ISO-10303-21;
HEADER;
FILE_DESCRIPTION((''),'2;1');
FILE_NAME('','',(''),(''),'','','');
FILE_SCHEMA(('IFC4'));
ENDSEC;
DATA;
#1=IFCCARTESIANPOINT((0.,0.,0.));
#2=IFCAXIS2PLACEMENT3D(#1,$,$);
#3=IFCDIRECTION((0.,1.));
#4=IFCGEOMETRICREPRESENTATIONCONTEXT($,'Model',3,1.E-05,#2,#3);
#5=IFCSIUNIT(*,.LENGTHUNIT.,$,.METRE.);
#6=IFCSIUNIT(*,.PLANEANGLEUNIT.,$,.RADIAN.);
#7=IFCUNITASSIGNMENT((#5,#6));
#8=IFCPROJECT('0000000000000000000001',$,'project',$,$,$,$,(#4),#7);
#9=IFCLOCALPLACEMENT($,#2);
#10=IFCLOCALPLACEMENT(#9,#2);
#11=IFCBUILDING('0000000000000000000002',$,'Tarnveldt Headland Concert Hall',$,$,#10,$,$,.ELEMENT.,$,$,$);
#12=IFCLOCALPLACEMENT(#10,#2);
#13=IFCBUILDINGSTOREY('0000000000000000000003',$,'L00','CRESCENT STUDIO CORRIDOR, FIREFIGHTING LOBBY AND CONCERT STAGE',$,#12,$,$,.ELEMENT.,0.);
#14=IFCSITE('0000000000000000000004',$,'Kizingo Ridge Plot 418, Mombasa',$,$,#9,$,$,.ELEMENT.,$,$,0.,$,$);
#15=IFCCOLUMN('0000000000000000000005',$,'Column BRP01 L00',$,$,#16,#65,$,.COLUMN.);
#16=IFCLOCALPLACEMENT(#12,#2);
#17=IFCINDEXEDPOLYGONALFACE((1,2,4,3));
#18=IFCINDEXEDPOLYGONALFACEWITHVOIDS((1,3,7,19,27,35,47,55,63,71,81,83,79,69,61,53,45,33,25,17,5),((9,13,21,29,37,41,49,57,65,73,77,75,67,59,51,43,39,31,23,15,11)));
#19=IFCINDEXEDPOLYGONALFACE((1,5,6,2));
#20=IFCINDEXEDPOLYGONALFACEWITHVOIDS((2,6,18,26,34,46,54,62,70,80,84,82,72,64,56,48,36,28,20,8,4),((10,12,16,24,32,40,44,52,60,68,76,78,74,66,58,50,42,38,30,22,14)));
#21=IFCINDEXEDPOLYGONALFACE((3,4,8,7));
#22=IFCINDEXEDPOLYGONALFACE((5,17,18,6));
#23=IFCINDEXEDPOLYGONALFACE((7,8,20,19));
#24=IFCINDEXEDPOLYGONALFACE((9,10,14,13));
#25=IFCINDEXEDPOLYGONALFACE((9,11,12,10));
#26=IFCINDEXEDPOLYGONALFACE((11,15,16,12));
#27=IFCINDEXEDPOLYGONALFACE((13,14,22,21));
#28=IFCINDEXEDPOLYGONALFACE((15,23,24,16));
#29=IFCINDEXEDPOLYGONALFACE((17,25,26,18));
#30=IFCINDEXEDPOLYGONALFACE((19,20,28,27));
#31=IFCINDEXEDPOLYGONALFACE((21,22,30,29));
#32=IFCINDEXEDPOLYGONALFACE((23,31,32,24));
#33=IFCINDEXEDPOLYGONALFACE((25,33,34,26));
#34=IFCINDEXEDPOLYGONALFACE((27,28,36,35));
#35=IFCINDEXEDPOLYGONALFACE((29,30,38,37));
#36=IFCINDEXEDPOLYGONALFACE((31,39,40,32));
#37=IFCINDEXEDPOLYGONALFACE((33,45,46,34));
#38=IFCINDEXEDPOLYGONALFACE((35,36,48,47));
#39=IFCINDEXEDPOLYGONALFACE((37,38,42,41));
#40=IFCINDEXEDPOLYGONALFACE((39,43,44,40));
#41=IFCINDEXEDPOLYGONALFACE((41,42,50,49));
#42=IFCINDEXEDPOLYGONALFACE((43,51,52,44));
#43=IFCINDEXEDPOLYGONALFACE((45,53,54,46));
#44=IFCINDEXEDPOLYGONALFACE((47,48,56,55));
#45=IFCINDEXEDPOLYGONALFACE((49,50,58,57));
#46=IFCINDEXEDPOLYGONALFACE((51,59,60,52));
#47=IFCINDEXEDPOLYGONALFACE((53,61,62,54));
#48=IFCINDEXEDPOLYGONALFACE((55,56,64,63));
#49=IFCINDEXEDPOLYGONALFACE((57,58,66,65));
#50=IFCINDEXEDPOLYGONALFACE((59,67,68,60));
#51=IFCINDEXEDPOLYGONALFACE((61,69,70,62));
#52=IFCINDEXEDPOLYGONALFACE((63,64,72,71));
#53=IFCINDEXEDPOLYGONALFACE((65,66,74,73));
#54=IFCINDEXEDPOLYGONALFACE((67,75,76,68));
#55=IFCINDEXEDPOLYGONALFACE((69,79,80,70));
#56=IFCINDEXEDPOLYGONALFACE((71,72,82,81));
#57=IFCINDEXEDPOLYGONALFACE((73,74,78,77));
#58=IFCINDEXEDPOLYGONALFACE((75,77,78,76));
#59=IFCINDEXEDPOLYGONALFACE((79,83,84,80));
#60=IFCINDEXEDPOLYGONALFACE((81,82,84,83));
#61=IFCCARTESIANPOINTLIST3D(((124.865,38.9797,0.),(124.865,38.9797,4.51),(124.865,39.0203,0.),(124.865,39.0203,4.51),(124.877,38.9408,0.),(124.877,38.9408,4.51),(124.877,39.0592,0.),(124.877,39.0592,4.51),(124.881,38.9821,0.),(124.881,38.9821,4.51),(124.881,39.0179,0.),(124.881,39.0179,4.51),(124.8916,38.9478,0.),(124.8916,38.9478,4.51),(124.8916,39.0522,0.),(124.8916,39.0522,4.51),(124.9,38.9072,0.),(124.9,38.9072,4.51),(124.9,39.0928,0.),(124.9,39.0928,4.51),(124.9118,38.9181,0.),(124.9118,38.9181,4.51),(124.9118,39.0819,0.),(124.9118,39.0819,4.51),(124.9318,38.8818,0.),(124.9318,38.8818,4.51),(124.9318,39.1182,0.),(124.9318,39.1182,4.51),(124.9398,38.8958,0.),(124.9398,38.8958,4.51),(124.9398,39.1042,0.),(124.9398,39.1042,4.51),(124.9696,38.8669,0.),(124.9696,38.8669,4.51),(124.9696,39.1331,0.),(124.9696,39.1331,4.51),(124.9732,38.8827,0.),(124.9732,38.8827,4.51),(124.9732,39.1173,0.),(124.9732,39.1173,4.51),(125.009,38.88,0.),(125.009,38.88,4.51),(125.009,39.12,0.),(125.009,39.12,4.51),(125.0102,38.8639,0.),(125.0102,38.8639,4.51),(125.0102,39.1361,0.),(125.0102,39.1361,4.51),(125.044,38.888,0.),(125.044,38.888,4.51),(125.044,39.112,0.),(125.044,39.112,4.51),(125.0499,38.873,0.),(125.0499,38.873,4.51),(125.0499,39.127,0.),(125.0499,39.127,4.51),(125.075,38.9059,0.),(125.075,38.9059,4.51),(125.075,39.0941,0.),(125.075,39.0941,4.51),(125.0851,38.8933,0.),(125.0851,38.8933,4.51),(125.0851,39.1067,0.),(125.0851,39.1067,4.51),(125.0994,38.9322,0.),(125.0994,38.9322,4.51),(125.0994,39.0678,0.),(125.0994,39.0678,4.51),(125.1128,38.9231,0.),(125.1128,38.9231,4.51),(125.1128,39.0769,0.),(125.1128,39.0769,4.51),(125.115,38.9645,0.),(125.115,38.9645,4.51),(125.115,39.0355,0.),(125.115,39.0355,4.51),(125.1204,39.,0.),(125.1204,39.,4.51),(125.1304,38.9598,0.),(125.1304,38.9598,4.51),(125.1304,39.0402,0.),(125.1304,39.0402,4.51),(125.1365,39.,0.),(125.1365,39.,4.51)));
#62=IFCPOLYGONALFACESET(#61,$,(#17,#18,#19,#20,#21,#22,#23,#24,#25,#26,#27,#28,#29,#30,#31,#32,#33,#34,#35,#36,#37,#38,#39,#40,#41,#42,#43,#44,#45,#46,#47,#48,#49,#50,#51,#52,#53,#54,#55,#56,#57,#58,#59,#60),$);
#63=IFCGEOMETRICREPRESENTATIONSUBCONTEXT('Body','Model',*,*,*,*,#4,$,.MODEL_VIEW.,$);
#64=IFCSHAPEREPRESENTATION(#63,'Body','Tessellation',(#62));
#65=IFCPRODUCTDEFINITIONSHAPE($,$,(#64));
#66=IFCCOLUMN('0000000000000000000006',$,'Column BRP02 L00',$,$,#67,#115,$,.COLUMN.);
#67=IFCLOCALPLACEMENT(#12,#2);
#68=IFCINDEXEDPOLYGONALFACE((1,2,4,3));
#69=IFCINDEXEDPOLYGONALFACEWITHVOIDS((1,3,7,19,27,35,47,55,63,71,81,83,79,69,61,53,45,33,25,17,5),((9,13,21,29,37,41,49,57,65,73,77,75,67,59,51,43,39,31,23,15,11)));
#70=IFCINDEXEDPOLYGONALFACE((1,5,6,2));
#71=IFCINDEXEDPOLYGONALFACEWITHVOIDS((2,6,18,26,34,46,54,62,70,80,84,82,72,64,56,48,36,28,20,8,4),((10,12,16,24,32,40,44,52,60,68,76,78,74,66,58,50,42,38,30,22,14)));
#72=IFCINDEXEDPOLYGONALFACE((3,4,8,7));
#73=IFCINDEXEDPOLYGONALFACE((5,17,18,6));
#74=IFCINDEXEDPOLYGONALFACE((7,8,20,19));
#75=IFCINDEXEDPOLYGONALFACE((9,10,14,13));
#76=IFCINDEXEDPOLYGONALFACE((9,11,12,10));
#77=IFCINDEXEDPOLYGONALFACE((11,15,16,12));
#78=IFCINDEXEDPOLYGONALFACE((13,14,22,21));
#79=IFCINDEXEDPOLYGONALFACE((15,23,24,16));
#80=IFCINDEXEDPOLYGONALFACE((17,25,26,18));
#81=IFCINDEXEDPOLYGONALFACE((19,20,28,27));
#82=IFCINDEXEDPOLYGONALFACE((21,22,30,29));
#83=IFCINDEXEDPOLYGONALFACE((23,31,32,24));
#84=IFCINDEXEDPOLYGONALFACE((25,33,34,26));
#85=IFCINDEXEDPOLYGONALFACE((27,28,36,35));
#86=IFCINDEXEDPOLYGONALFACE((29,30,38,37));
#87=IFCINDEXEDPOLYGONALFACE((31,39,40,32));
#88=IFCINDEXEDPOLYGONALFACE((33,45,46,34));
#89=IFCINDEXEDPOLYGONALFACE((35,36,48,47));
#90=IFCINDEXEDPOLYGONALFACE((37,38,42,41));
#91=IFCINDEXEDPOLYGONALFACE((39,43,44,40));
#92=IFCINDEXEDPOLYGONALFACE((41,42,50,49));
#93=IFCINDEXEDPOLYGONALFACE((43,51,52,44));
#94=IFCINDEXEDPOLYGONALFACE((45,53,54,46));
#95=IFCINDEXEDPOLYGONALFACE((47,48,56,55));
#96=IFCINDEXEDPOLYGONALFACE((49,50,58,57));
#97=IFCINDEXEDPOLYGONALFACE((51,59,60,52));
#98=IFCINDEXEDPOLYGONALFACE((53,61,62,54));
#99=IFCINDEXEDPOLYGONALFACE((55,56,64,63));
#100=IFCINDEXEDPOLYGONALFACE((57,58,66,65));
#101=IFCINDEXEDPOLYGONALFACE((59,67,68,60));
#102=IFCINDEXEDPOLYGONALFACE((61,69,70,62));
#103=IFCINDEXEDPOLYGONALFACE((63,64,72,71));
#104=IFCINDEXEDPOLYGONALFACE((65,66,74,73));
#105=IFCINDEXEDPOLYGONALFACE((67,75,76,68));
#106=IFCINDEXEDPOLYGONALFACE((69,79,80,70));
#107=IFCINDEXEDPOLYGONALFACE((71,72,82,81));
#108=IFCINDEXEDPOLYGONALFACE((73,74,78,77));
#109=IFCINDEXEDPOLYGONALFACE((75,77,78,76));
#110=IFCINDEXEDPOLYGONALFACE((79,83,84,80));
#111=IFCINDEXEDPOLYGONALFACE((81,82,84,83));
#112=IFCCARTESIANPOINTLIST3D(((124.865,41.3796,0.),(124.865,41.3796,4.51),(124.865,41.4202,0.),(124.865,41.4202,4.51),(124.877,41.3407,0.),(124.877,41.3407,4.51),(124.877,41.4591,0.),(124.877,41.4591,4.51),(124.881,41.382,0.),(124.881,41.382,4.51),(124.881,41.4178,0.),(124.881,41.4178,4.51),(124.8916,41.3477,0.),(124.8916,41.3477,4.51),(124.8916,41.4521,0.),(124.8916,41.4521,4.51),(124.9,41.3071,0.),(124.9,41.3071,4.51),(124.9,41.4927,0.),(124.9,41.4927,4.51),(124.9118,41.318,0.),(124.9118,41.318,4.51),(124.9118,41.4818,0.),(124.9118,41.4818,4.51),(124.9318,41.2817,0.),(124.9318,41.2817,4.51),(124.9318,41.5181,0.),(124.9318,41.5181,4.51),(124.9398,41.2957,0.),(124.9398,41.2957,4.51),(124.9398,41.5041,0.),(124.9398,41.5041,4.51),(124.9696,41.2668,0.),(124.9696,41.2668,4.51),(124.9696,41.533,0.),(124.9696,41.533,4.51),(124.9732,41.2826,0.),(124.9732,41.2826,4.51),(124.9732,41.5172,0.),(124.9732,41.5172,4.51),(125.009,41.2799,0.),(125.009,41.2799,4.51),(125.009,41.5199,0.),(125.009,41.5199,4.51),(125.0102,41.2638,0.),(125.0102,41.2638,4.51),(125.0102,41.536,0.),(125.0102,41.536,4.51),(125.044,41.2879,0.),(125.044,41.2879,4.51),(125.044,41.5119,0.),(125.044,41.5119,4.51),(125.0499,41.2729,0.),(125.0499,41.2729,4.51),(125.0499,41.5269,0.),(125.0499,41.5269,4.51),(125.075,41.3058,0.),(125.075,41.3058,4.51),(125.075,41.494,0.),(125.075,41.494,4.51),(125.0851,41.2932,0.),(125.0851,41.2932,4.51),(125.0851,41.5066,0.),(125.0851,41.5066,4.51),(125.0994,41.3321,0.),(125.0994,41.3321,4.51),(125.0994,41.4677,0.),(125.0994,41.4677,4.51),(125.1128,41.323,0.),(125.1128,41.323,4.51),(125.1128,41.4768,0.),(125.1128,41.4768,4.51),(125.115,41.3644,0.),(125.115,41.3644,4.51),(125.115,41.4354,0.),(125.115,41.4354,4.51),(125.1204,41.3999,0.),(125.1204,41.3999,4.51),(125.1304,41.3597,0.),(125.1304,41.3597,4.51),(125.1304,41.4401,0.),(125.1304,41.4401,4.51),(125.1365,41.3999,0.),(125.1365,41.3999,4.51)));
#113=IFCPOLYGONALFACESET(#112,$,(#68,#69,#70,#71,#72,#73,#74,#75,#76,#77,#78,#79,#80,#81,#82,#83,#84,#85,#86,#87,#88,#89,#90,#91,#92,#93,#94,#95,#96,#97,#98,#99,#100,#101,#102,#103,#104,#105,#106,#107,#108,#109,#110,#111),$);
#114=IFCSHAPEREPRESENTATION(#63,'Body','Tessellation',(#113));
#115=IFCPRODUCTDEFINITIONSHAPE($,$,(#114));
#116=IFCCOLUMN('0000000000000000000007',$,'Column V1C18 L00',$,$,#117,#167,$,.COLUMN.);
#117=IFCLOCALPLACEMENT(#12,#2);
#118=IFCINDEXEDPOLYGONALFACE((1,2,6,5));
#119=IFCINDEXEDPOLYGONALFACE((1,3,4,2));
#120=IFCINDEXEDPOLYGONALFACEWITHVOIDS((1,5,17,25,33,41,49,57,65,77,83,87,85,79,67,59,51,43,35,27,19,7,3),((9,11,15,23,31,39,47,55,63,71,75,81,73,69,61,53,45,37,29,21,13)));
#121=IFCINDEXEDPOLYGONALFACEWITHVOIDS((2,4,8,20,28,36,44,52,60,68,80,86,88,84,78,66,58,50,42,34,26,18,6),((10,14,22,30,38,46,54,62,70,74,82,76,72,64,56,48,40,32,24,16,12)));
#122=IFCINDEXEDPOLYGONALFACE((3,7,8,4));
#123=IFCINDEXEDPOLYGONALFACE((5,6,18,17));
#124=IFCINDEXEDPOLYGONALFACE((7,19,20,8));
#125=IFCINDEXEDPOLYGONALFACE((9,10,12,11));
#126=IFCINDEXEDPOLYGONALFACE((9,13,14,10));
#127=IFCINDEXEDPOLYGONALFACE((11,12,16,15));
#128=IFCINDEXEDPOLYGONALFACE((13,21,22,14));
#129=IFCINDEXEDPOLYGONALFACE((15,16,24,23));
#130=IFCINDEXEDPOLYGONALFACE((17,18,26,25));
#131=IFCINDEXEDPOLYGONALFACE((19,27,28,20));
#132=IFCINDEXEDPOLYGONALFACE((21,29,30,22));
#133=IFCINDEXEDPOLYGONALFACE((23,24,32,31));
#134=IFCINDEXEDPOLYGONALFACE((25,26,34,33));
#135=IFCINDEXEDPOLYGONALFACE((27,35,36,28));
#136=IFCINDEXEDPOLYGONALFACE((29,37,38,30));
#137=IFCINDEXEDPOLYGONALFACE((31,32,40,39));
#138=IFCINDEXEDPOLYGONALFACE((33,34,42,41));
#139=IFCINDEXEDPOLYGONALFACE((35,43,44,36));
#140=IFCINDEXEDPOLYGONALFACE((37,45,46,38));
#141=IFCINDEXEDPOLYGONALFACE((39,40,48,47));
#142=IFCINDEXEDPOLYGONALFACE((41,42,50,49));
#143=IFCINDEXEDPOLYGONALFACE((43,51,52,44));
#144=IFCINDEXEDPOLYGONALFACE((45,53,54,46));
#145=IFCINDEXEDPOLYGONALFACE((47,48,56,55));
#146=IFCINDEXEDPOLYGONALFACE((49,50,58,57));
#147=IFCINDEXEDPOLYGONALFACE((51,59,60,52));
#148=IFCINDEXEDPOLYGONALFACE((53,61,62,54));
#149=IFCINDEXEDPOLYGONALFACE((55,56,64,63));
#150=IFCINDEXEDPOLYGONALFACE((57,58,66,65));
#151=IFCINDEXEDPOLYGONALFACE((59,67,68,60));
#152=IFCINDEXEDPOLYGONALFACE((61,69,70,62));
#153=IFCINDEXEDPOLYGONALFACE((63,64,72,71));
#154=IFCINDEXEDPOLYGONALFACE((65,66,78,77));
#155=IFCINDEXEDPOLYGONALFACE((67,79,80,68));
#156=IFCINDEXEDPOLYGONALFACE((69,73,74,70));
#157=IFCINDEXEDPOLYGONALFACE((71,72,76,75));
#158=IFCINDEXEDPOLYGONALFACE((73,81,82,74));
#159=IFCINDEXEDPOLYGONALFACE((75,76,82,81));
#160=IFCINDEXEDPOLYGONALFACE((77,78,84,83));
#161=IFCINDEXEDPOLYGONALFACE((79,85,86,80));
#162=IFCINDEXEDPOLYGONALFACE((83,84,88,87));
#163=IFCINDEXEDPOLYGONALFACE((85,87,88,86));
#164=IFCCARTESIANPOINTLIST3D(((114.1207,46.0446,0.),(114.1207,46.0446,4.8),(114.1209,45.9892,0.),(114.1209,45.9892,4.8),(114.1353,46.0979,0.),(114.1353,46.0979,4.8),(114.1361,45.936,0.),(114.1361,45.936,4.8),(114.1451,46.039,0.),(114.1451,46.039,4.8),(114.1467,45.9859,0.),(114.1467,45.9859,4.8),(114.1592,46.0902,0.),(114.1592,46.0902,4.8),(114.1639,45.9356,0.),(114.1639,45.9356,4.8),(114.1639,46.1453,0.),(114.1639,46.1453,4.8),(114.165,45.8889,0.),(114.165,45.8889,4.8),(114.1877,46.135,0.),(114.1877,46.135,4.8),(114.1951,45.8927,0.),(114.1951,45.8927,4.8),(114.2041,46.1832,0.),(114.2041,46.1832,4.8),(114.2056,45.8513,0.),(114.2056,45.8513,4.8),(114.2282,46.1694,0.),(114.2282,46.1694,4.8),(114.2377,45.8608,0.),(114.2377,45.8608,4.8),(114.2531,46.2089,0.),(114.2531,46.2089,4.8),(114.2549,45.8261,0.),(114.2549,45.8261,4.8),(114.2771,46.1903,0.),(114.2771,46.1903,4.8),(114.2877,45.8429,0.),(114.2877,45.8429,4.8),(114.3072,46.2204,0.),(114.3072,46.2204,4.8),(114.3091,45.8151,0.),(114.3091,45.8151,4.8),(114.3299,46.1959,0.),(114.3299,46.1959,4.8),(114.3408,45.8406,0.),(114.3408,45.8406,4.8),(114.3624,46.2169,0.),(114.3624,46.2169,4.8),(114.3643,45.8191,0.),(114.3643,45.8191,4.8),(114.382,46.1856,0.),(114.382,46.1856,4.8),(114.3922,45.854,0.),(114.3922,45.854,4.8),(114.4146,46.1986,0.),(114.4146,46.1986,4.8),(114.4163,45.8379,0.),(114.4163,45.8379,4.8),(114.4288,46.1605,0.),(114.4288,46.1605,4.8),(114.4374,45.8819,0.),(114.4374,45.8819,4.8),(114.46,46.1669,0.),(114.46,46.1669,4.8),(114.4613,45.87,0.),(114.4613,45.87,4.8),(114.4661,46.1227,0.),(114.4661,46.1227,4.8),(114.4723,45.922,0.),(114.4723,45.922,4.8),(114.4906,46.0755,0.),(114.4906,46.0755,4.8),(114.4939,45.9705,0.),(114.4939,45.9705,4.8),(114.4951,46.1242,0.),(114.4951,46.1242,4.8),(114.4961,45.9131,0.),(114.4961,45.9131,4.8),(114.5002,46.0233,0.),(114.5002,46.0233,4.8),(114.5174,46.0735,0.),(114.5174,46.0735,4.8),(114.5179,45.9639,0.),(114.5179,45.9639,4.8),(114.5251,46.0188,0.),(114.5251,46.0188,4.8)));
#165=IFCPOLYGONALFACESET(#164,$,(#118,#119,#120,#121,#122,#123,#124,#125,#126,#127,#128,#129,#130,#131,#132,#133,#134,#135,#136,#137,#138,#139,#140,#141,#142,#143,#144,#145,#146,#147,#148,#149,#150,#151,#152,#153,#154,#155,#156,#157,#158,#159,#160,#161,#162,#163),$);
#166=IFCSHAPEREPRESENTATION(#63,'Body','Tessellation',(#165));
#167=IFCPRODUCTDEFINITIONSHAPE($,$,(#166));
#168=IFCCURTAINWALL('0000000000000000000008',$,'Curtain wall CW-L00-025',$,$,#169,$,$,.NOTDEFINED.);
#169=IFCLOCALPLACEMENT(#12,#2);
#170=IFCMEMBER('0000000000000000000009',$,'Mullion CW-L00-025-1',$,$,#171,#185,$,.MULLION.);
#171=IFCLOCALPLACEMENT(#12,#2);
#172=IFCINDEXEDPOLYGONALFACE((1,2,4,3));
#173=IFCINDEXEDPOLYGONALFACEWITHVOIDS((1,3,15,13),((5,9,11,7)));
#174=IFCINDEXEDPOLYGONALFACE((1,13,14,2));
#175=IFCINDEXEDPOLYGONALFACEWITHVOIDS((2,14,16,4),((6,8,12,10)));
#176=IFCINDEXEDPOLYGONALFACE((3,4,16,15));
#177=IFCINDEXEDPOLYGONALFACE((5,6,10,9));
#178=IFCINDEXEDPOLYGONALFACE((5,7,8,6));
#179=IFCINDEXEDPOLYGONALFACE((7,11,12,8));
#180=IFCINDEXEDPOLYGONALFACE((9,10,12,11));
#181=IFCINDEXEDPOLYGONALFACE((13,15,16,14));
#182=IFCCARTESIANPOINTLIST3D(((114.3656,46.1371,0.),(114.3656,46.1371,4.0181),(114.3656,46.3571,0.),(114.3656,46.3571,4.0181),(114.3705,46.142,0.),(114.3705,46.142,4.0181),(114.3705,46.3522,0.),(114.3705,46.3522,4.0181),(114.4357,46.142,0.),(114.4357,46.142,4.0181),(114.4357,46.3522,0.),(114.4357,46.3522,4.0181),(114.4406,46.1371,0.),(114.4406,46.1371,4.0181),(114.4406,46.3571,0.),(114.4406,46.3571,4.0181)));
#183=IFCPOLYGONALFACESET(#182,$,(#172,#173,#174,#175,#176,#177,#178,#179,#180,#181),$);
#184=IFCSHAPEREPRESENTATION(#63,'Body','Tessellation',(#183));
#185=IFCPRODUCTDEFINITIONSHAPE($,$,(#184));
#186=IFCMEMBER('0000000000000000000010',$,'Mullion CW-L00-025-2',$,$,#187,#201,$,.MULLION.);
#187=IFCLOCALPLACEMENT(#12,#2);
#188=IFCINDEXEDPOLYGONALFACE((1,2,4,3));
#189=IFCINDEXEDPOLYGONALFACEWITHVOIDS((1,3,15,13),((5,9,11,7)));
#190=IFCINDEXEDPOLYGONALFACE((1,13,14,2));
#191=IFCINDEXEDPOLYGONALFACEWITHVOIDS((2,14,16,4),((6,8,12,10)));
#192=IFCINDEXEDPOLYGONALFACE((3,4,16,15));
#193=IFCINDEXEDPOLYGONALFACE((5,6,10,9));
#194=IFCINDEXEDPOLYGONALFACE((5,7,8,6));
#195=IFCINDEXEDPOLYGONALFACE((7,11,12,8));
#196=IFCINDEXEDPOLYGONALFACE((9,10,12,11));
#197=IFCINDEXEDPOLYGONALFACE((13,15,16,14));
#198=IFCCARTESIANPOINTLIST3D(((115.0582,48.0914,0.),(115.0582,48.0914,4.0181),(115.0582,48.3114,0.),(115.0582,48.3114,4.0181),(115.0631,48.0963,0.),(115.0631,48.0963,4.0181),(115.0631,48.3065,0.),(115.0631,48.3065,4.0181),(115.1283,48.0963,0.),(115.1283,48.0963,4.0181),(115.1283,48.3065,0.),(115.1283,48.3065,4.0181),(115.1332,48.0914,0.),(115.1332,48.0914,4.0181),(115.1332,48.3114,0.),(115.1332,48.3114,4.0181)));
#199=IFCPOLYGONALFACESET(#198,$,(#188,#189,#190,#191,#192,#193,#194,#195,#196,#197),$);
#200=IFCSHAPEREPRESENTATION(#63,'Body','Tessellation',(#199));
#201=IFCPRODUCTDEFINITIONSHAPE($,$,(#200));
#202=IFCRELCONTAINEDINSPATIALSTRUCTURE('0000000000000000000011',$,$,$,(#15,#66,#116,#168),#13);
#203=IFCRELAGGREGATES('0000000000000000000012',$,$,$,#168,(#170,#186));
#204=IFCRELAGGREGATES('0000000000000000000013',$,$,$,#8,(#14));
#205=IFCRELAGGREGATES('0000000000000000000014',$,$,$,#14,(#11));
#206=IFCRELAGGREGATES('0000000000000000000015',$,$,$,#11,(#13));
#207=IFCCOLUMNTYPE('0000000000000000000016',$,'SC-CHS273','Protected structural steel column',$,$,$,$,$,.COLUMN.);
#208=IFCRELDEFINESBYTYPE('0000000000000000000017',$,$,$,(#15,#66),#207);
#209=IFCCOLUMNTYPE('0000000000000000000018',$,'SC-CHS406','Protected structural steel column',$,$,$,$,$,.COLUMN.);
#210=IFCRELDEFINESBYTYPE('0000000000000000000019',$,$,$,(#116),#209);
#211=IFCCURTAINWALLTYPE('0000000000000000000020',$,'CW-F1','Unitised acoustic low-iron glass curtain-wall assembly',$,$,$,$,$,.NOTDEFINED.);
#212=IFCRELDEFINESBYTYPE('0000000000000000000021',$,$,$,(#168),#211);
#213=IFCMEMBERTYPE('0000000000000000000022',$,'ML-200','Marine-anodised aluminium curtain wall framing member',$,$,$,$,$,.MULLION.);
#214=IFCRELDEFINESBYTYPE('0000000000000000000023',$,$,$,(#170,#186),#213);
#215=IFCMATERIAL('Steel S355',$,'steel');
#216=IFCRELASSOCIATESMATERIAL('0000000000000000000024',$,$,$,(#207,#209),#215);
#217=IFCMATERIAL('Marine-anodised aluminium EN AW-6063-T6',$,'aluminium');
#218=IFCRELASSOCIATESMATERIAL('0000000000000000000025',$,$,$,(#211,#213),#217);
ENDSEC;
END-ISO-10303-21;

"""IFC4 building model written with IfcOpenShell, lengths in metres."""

from ifc_helpers import new_model, si_unit, direction, frame, origin, origin_2d, place, context, subcontext, project, spatial, hollow_rectangle, hollow_circle, extrude, material, material_profile, profile_set, type_object, element, aggregate, save


model = new_model("IFC4")

# Units and contexts
model_context = context("Model", 3, precision=1e-05, world=origin(), true_north=direction((0.0, 1.0)))
body_context = subcontext(model_context, "Body", "Model", "MODEL_VIEW")
ifc_project = project(units=[si_unit("LENGTHUNIT", "METRE"), si_unit("PLANEANGLEUNIT", "RADIAN")], contexts=[model_context])

# Site, building, storey
site_placement = place(None, origin())
site = spatial("IfcSite", under=ifc_project, at=site_placement, Name="Kizingo Ridge Plot 418, Mombasa", CompositionType="ELEMENT", RefElevation=0.0)
building_placement = place(site_placement, origin())
building = spatial("IfcBuilding", under=site, at=building_placement, Name="Tarnveldt Headland Concert Hall", CompositionType="ELEMENT")
storey_placement = place(building_placement, origin())
storey = spatial("IfcBuildingStorey", under=building, at=storey_placement, Name="L00", Description="CRESCENT STUDIO CORRIDOR, FIREFIGHTING LOBBY AND CONCERT STAGE", CompositionType="ELEMENT", Elevation=0.0)

# Columns
ifc_material_1 = material(Name="Steel S355", Category="steel")
ifc_material_profile_1 = material_profile(ifc_material_1, hollow_circle(Radius=0.1365, WallThickness=0.0161, at=origin_2d()), Name="CHS 273x16", Category="steel")
ifc_profile_set_1 = profile_set([ifc_material_profile_1], Name="Steel S355")
column_type_1 = type_object("IfcColumnType", Name="SC-CHS273", Description="Protected structural steel column", PredefinedType="COLUMN", material=ifc_profile_set_1)
for number, where, z_axis, x_axis, name in (
    (1, (125.0, 39.0, 0.0), (0.0, 0.0, 1.0), (1.0, 0.0, 0.0), "Column BRP01 L00"),
    (2, (125.0, 41.3999, 0.0), (0.0, 0.0, 1.0), (1.0, 0.0, 0.0), "Column BRP02 L00"),
):
    element("IfcColumn", number, at=place(storey_placement, frame(where, z_axis=z_axis, x_axis=x_axis)), inside=storey, type_object=column_type_1, Name=name, PredefinedType="COLUMN", context=body_context, shape_type="SweptSolid", body=[
        extrude(hollow_circle(Radius=0.1365, WallThickness=0.0161, at=origin_2d()), origin(), (0.0, 0.0, 1.0), 4.51),
    ])
ifc_material_profile_2 = material_profile(ifc_material_1, hollow_circle(Radius=0.2031, WallThickness=0.0249, at=origin_2d()), Name="CHS 406.4x25", Category="steel")
ifc_profile_set_2 = profile_set([ifc_material_profile_2], Name="Steel S355")
column_type_2 = type_object("IfcColumnType", Name="SC-CHS406", Description="Protected structural steel column", PredefinedType="COLUMN", material=ifc_profile_set_2)
column_placement = place(storey_placement, frame((114.322, 46.0178, 0.0), z_axis=(0.0, 0.0, 1.0), x_axis=(0.964142, -0.265388, 0.0)))
element("IfcColumn", 3, at=column_placement, inside=storey, type_object=column_type_2, Name="Column V1C18 L00", PredefinedType="COLUMN", context=body_context, shape_type="SweptSolid", body=[
    extrude(hollow_circle(Radius=0.2031, WallThickness=0.0249, at=origin_2d()), origin(), (0.0, 0.0, 1.0), 4.8),
])

# Curtain wall, members
ifc_material_2 = material(Name="Marine-anodised aluminium EN AW-6063-T6", Category="aluminium")
curtain_wall_type = type_object("IfcCurtainWallType", Name="CW-F1", Description="Unitised acoustic low-iron glass curtain-wall assembly", PredefinedType="NOTDEFINED", material=ifc_material_2)
curtain_wall_1_placement = place(storey_placement, origin())
curtain_wall_1 = element("IfcCurtainWall", 4, at=curtain_wall_1_placement, inside=storey, type_object=curtain_wall_type, Name="Curtain wall CW-L00-025", PredefinedType="NOTDEFINED")
ifc_material_profile_3 = material_profile(ifc_material_2, hollow_rectangle(XDim=0.075, YDim=0.22, WallThickness=0.0049, at=origin_2d()), Name="ALU MULLION 75x220x5", Category="aluminium")
ifc_profile_set_3 = profile_set([ifc_material_profile_3], Name="Marine-anodised aluminium EN AW-6063-T6")
member_type_1 = type_object("IfcMemberType", Name="ML-200", Description="Marine-anodised aluminium curtain wall framing member", PredefinedType="MULLION", material=ifc_profile_set_3)
member_1_placement = place(storey_placement, frame((114.4031, 46.2471, 0.0), z_axis=(0.0, 0.0, 1.0), x_axis=(1.0, 0.0, 0.0)))
member_1 = element("IfcMember", 5, at=member_1_placement, type_object=member_type_1, Name="Mullion CW-L00-025-1", PredefinedType="MULLION", context=body_context, shape_type="SweptSolid", body=[
    extrude(hollow_rectangle(XDim=0.075, YDim=0.22, WallThickness=0.0049, at=origin_2d()), origin(), (0.0, 0.0, 1.0), 4.0181),
])
member_2_placement = place(storey_placement, frame((115.0957, 48.2014, 0.0), z_axis=(0.0, 0.0, 1.0), x_axis=(1.0, 0.0, 0.0)))
member_2 = element("IfcMember", 6, at=member_2_placement, type_object=member_type_1, Name="Mullion CW-L00-025-2", PredefinedType="MULLION", context=body_context, shape_type="SweptSolid", body=[
    extrude(hollow_rectangle(XDim=0.075, YDim=0.22, WallThickness=0.0049, at=origin_2d()), origin(), (0.0, 0.0, 1.0), 4.0181),
])

aggregate(curtain_wall_1, [member_1, member_2])

save(model, "model.ifc")
